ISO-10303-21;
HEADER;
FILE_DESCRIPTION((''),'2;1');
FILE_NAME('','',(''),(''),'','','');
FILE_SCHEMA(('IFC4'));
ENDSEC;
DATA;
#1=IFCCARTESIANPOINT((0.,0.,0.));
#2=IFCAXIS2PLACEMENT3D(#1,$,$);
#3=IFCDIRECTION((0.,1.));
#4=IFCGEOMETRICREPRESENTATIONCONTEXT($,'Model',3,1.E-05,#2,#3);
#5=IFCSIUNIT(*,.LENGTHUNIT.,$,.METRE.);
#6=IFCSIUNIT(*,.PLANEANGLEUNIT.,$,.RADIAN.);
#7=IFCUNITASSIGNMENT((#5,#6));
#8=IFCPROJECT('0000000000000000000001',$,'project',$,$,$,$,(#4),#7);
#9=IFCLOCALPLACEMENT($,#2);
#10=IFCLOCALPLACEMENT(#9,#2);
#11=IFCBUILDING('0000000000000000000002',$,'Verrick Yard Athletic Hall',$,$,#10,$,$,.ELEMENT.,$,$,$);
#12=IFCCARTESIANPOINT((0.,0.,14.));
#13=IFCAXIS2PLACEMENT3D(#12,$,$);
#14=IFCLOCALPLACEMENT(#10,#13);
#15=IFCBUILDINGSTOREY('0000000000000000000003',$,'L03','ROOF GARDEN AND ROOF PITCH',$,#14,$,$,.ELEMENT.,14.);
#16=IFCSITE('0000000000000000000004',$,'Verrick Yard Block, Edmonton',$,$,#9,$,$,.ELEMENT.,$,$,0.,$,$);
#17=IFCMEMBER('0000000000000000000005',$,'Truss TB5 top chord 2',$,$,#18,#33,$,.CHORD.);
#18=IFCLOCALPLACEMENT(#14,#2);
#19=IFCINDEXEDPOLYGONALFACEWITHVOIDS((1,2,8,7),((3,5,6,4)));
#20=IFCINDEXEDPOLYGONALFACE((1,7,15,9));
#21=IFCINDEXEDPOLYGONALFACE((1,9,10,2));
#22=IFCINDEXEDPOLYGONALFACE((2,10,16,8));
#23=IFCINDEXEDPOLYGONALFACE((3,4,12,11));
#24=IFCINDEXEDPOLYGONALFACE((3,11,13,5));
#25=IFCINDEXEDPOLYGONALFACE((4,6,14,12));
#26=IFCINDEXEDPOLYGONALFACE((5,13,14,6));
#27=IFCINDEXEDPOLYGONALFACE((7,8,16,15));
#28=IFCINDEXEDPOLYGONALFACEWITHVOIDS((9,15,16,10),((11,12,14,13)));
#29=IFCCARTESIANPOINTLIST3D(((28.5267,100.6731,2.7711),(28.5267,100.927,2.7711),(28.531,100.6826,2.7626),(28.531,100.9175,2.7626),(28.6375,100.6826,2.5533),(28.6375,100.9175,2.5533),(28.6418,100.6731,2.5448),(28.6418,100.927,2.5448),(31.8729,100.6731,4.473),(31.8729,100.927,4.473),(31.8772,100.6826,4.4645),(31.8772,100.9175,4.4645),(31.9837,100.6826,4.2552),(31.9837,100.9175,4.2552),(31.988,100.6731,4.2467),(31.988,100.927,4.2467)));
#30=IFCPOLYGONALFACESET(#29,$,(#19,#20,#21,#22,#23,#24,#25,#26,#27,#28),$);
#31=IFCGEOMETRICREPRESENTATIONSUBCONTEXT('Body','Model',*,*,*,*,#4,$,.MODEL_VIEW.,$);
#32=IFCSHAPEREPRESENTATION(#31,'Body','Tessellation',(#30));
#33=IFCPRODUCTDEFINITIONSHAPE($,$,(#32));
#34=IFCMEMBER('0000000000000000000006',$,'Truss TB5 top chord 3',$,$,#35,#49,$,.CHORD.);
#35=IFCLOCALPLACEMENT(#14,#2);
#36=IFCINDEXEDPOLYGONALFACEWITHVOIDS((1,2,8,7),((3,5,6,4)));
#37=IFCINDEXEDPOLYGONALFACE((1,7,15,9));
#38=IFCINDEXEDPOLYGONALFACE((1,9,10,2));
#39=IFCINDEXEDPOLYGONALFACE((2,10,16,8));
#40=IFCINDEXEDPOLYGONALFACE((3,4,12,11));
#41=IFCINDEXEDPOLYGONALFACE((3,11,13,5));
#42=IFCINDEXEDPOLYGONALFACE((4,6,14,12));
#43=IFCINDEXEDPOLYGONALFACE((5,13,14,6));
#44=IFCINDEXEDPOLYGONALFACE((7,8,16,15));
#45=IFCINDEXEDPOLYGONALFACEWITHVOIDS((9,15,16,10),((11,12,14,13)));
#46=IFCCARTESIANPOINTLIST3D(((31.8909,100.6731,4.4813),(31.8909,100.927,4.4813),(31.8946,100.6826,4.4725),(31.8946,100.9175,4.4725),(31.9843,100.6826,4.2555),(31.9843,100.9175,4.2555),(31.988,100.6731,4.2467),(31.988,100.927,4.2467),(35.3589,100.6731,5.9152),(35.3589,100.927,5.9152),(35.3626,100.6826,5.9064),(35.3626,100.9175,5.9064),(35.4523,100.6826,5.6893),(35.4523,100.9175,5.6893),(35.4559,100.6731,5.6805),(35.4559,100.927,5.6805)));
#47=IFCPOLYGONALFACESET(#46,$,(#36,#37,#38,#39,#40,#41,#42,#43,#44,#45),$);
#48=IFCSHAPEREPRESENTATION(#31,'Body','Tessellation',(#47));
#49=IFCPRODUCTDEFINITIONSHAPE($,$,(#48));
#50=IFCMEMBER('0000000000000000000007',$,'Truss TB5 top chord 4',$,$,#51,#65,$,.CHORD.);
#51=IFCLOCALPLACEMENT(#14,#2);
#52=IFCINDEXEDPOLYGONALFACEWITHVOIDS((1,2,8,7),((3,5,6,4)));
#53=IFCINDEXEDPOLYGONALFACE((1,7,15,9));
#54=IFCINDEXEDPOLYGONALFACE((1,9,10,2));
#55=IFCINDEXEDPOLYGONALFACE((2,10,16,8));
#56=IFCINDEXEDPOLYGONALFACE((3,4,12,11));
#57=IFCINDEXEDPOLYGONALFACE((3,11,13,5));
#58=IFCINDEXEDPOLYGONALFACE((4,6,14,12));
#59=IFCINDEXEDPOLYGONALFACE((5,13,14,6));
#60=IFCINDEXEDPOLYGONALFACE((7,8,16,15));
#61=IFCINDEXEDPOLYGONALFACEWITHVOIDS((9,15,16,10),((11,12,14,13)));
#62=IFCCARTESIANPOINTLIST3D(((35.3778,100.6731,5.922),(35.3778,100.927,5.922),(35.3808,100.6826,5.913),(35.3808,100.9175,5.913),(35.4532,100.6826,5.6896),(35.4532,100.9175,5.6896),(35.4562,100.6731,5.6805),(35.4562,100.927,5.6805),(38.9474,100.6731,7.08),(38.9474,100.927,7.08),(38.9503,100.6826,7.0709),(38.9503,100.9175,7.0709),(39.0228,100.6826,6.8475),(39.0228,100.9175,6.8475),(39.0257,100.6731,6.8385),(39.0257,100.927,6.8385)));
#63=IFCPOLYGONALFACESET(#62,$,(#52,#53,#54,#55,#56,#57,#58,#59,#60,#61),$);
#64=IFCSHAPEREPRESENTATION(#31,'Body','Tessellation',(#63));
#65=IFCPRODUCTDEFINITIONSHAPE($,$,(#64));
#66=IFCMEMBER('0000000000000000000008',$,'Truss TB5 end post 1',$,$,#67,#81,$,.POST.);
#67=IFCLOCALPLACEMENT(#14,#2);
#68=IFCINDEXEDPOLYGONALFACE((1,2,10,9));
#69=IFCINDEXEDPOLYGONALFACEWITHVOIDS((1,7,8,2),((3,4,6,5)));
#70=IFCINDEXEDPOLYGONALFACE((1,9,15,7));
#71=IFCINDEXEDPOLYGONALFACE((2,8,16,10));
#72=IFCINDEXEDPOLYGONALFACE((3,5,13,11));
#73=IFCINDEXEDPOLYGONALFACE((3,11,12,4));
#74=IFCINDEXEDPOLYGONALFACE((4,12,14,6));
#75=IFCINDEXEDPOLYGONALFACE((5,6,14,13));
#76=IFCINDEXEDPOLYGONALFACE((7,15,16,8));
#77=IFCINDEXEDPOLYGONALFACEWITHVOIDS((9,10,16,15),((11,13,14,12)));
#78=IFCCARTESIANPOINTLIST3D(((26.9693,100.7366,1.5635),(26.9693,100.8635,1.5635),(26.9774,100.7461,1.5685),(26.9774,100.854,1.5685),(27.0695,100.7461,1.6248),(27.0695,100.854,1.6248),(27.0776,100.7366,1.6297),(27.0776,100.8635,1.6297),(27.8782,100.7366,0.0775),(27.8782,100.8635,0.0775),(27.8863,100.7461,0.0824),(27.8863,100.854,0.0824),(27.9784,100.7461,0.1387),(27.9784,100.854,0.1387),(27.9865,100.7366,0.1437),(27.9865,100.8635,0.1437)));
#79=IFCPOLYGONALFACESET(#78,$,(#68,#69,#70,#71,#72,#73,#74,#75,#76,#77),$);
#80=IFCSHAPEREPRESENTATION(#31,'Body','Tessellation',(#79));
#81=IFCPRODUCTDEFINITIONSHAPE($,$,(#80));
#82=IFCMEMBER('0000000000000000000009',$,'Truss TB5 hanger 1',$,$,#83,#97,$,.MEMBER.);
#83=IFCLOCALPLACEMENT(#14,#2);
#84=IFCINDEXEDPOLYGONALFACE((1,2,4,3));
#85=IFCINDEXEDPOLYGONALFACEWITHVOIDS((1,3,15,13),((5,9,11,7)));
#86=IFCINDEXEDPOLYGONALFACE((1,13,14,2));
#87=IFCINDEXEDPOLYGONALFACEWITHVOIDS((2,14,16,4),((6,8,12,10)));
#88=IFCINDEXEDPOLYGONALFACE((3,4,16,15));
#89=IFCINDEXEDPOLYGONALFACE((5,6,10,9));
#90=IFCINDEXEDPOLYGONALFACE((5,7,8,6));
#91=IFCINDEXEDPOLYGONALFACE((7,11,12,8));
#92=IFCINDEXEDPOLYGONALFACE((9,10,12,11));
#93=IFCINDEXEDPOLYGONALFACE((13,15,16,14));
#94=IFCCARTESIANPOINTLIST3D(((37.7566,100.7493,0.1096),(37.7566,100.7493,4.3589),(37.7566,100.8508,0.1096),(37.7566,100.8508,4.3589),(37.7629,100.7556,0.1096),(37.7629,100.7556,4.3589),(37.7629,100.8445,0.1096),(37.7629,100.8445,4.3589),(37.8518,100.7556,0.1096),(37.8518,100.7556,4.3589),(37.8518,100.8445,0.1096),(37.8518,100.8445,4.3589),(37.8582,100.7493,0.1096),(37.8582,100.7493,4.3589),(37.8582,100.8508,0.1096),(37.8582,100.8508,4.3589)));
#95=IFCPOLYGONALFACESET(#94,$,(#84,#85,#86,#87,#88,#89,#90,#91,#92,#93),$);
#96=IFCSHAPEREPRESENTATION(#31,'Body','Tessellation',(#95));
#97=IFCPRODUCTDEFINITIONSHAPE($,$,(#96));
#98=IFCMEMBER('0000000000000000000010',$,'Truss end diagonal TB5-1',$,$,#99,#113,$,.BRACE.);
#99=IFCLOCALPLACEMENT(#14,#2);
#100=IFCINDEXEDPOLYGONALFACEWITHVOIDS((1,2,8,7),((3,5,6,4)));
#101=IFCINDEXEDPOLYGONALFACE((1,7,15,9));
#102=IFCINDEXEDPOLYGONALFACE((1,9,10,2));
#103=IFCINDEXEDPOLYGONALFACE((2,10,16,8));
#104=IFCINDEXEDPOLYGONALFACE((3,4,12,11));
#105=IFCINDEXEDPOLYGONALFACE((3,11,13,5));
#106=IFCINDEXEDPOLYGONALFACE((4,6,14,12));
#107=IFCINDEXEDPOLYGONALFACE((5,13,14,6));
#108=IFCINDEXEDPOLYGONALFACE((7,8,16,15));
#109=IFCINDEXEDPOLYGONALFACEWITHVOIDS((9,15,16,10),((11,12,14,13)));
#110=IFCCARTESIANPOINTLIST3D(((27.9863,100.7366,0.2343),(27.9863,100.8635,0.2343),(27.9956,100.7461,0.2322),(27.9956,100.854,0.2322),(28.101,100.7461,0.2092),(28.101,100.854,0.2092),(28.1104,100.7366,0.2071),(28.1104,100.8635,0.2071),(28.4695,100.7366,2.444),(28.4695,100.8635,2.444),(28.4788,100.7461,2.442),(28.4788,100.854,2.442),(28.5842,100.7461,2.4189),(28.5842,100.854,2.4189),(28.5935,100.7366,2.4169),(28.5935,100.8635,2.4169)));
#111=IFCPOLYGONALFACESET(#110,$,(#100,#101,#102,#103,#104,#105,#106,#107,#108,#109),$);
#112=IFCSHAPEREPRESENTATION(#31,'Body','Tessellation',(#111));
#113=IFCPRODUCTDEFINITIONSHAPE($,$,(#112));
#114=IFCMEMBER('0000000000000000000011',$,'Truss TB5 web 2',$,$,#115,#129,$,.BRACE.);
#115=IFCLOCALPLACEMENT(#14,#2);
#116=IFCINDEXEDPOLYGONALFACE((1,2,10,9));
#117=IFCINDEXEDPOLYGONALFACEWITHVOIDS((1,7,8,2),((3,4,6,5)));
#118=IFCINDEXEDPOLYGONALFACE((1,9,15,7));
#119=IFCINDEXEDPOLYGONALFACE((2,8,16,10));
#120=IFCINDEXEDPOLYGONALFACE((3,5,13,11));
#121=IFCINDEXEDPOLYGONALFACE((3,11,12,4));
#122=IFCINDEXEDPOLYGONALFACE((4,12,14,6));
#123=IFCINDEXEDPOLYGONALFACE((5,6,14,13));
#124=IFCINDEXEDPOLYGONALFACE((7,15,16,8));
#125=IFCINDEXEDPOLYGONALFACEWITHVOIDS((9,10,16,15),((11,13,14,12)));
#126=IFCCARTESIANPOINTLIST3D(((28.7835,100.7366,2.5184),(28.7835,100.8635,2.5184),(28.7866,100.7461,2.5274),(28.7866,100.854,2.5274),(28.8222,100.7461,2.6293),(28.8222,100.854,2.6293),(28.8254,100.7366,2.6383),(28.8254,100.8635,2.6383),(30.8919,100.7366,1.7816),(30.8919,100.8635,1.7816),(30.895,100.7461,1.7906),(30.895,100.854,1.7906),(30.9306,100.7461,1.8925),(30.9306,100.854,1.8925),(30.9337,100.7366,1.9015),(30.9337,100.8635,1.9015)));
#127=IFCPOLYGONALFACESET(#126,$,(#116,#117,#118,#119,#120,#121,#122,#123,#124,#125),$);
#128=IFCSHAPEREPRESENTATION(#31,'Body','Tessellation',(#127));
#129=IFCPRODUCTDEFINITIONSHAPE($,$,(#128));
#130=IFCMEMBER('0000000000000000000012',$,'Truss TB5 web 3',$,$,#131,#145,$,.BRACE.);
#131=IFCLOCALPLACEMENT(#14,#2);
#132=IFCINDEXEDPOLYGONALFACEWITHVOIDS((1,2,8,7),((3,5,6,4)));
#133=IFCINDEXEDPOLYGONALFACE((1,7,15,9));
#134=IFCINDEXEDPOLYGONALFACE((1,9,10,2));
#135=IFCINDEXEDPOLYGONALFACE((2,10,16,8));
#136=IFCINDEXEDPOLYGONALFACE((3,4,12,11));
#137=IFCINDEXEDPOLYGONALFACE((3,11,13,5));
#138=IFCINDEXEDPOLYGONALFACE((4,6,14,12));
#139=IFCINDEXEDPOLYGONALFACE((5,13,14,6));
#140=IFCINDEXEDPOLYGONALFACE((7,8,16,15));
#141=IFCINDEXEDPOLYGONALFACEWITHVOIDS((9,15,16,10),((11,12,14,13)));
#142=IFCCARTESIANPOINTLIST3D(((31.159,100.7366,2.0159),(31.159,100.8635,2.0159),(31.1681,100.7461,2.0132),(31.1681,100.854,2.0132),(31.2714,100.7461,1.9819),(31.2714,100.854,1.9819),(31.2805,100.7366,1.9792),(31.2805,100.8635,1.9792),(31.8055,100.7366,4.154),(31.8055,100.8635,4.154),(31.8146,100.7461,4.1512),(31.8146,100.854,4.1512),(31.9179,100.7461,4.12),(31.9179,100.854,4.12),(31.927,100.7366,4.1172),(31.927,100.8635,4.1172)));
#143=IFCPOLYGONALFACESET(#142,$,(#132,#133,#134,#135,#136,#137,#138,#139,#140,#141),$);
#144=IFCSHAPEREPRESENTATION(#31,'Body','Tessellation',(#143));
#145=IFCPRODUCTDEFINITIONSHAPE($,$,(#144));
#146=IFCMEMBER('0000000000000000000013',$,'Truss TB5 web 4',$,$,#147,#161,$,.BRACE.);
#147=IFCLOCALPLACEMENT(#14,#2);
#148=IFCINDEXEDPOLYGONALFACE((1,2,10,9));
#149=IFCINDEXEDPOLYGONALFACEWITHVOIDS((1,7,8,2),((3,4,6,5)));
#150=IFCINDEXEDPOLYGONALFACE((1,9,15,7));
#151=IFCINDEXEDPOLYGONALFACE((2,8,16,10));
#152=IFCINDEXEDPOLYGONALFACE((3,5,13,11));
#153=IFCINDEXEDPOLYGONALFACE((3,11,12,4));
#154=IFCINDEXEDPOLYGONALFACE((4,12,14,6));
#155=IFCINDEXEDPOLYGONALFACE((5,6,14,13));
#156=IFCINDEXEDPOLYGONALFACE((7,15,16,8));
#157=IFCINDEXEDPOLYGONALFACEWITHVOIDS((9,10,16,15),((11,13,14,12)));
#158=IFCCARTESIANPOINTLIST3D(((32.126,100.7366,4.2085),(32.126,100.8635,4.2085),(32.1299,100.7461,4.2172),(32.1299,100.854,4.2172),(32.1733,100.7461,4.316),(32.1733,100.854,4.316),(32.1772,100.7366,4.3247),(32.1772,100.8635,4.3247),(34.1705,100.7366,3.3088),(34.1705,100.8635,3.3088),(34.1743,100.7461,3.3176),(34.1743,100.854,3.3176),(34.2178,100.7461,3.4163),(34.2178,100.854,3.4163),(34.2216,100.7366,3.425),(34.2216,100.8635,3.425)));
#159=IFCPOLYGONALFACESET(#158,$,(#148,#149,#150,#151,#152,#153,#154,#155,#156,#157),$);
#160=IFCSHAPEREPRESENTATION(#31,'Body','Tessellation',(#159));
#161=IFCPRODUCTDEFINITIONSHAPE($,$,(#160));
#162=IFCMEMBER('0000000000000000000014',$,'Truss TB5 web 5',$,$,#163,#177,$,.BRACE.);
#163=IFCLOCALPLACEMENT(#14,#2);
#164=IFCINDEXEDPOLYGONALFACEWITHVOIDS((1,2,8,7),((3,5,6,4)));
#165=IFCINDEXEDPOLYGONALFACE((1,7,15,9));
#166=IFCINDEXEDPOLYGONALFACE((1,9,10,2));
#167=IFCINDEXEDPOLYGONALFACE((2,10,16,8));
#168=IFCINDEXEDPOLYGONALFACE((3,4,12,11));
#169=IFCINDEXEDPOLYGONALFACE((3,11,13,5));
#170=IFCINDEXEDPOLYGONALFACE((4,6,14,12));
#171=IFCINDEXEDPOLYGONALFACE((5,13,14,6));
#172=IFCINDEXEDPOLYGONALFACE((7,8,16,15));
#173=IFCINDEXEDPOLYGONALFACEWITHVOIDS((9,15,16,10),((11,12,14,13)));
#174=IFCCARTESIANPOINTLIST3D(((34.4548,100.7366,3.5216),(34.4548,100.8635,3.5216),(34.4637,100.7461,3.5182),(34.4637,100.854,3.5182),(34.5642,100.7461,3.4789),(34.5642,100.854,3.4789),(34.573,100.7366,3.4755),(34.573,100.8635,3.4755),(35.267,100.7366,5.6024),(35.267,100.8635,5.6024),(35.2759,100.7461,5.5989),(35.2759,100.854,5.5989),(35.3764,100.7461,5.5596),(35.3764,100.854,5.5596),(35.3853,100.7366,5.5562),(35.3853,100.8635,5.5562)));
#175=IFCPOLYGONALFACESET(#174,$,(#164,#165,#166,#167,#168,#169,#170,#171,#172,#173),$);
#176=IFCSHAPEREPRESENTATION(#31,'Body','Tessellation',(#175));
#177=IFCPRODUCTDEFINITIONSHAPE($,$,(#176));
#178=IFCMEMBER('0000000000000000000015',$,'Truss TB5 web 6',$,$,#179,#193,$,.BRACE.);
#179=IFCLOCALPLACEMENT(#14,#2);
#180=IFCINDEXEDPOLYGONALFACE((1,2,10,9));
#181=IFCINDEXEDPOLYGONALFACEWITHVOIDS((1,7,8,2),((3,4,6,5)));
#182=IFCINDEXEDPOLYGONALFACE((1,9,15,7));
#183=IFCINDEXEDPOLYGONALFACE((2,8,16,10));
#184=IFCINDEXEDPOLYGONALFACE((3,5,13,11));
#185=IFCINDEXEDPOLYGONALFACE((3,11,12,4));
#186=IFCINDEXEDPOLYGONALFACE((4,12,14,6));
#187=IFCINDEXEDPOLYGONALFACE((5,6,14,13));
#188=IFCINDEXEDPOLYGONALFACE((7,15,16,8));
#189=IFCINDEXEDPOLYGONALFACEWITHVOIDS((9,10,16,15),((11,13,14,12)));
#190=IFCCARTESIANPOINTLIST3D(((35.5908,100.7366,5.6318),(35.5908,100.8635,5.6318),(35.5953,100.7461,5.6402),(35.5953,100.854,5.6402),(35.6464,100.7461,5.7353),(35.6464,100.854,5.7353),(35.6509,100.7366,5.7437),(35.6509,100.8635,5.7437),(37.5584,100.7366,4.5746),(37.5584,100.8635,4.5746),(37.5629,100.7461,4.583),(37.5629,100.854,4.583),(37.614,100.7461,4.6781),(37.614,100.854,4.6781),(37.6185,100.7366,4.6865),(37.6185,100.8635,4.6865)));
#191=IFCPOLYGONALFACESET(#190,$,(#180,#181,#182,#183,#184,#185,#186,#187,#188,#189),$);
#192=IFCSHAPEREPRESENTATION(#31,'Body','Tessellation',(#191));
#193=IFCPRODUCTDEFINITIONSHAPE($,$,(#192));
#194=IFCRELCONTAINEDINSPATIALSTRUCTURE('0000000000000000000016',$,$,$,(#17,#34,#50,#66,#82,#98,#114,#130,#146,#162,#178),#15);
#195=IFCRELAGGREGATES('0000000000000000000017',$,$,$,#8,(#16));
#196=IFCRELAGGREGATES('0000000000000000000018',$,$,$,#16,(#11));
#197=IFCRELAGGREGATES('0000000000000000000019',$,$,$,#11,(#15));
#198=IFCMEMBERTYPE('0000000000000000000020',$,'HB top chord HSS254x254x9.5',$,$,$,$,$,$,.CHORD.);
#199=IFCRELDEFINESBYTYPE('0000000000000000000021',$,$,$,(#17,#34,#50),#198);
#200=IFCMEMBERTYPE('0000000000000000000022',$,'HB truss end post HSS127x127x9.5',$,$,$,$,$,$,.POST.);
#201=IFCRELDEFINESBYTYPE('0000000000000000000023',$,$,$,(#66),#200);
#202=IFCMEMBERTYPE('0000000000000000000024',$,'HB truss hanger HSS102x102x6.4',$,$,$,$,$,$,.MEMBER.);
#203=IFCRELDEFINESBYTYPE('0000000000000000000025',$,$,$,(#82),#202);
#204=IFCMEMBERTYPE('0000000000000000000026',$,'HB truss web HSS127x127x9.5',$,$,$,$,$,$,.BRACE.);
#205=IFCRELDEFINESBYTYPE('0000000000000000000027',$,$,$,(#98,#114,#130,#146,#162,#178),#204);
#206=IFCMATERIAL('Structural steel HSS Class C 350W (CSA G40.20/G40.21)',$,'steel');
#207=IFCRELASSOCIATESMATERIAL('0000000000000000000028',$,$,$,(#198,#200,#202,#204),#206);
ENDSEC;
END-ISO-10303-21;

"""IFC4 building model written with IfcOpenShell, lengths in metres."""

from ifc_helpers import new_model, si_unit, direction, frame, origin, origin_2d, place, context, subcontext, project, spatial, hollow_rectangle, extrude, material, material_profile, profile_set, type_object, element, save


model = new_model("IFC4")

# Units and contexts
model_context = context("Model", 3, precision=1e-05, world=origin(), true_north=direction((0.0, 1.0)))
body_context = subcontext(model_context, "Body", "Model", "MODEL_VIEW")
ifc_project = project(units=[si_unit("LENGTHUNIT", "METRE"), si_unit("PLANEANGLEUNIT", "RADIAN")], contexts=[model_context])

# Site, building, storey
site_placement = place(None, origin())
site = spatial("IfcSite", under=ifc_project, at=site_placement, Name="Verrick Yard Block, Edmonton", CompositionType="ELEMENT", RefElevation=0.0)
building_placement = place(site_placement, origin())
building = spatial("IfcBuilding", under=site, at=building_placement, Name="Verrick Yard Athletic Hall", CompositionType="ELEMENT")
storey_placement = place(building_placement, frame((0.0, 0.0, 14.0)))
storey = spatial("IfcBuildingStorey", under=building, at=storey_placement, Name="L03", Description="ROOF GARDEN AND ROOF PITCH", CompositionType="ELEMENT", Elevation=14.0)

# Members
ifc_material_1 = material(Name="Structural steel HSS Class C 350W (CSA G40.20/G40.21)", Category="steel")
ifc_material_profile_1 = material_profile(ifc_material_1, hollow_rectangle(XDim=0.2539, YDim=0.2539, WallThickness=0.0095, at=origin_2d()), Name="HSS254x254x9.5")
ifc_profile_set_1 = profile_set([ifc_material_profile_1], Name="Structural steel HSS Class C 350W (CSA G40.20/G40.21)")
member_type_1 = type_object("IfcMemberType", Name="HB top chord HSS254x254x9.5", PredefinedType="CHORD", material=ifc_profile_set_1)
member_1_placement = place(storey_placement, frame((28.5842, 100.8, 2.658), z_axis=(0.891337, 0.0, 0.453342), x_axis=(0.0, 1.0, 0.0)))
element("IfcMember", 1, at=member_1_placement, inside=storey, type_object=member_type_1, Name="Truss TB5 top chord 2", PredefinedType="CHORD", context=body_context, shape_type="SweptSolid", body=[
    extrude(hollow_rectangle(XDim=0.2539, YDim=0.2539, WallThickness=0.0095, at=origin_2d()), origin(), (0.0, 0.0, 1.0), 3.7542),
])
for number, where, z_axis, x_axis, name in (
    (2, (31.9395, 100.8, 4.364), (0.92413, 0.0, 0.382078), (0.0, 1.0, 0.0), "Truss TB5 top chord 3"),
    (3, (35.417, 100.8, 5.8013), (0.951203, 0.0, 0.308567), (0.0, 1.0, 0.0), "Truss TB5 top chord 4"),
):
    element("IfcMember", number, at=place(storey_placement, frame(where, z_axis=z_axis, x_axis=x_axis)), inside=storey, type_object=member_type_1, Name=name, PredefinedType="CHORD", context=body_context, shape_type="SweptSolid", body=[
        extrude(hollow_rectangle(XDim=0.2539, YDim=0.2539, WallThickness=0.0095, at=origin_2d()), origin(), (0.0, 0.0, 1.0), 3.7527),
    ])
ifc_material_profile_2 = material_profile(ifc_material_1, hollow_rectangle(XDim=0.127, YDim=0.127, WallThickness=0.0095, at=origin_2d()), Name="HSS127x127x9.5")
ifc_profile_set_2 = profile_set([ifc_material_profile_2], Name="Structural steel HSS Class C 350W (CSA G40.20/G40.21)")
member_type_2 = type_object("IfcMemberType", Name="HB truss end post HSS127x127x9.5", PredefinedType="POST", material=ifc_profile_set_2)
member_2_placement = place(storey_placement, frame((27.9324, 100.8, 0.1106), z_axis=(-0.521773, 0.0, 0.853084), x_axis=(0.0, -1.0, 0.0)))
element("IfcMember", 4, at=member_2_placement, inside=storey, type_object=member_type_2, Name="Truss TB5 end post 1", PredefinedType="POST", context=body_context, shape_type="SweptSolid", body=[
    extrude(hollow_rectangle(XDim=0.127, YDim=0.127, WallThickness=0.0095, at=origin_2d()), origin(), (0.0, 0.0, 1.0), 1.7419),
])
ifc_material_profile_3 = material_profile(ifc_material_1, hollow_rectangle(XDim=0.1016, YDim=0.1016, WallThickness=0.0063, at=origin_2d()), Name="HSS102x102x6.4")
ifc_profile_set_3 = profile_set([ifc_material_profile_3], Name="Structural steel HSS Class C 350W (CSA G40.20/G40.21)")
member_type_3 = type_object("IfcMemberType", Name="HB truss hanger HSS102x102x6.4", PredefinedType="MEMBER", material=ifc_profile_set_3)
member_3_placement = place(storey_placement, frame((37.8074, 100.8, 4.3589), z_axis=(0.0, 0.0, -1.0), x_axis=(0.0, -1.0, 0.0)))
element("IfcMember", 5, at=member_3_placement, inside=storey, type_object=member_type_3, Name="Truss TB5 hanger 1", PredefinedType="MEMBER", context=body_context, shape_type="SweptSolid", body=[
    extrude(hollow_rectangle(XDim=0.1016, YDim=0.1016, WallThickness=0.0063, at=origin_2d()), origin(), (0.0, 0.0, 1.0), 4.2493),
])
ifc_material_profile_4 = material_profile(ifc_material_1, hollow_rectangle(XDim=0.127, YDim=0.127, WallThickness=0.0095, at=origin_2d()), Name="HSS127x127x9.5")
ifc_profile_set_4 = profile_set([ifc_material_profile_4], Name="Structural steel HSS Class C 350W (CSA G40.20/G40.21)")
member_type_4 = type_object("IfcMemberType", Name="HB truss web HSS127x127x9.5", PredefinedType="BRACE", material=ifc_profile_set_4)
member_4_placement = place(storey_placement, frame((28.0483, 100.8, 0.2207), z_axis=(0.213604, 0.0, 0.97692), x_axis=(0.0, 1.0, 0.0)))
element("IfcMember", 6, at=member_4_placement, inside=storey, type_object=member_type_4, Name="Truss end diagonal TB5-1", PredefinedType="BRACE", context=body_context, shape_type="SweptSolid", body=[
    extrude(hollow_rectangle(XDim=0.127, YDim=0.127, WallThickness=0.0095, at=origin_2d()), origin(), (0.0, 0.0, 1.0), 2.262),
])
member_5_placement = place(storey_placement, frame((28.8044, 100.8, 2.5784), z_axis=(0.944015, 0.0, -0.329902), x_axis=(0.0, 1.0, 0.0)))
element("IfcMember", 7, at=member_5_placement, inside=storey, type_object=member_type_4, Name="Truss TB5 web 2", PredefinedType="BRACE", context=body_context, shape_type="SweptSolid", body=[
    extrude(hollow_rectangle(XDim=0.127, YDim=0.127, WallThickness=0.0095, at=origin_2d()), origin(), (0.0, 0.0, 1.0), 2.2334),
])
for number, where, z_axis, x_axis, name in (
    (8, (31.2197, 100.8, 1.9976), (0.289443, 0.0, 0.957195), (0.0, 1.0, 0.0), "Truss TB5 web 3"),
    (9, (32.1516, 100.8, 4.2666), (0.915297, 0.0, -0.402779), (0.0, 1.0, 0.0), "Truss TB5 web 4"),
    (10, (34.5139, 100.8, 3.4985), (0.363633, 0.0, 0.931542), (0.0, 1.0, 0.0), "Truss TB5 web 5"),
    (11, (35.6208, 100.8, 5.6877), (0.880902, 0.0, -0.473298), (0.0, 1.0, 0.0), "Truss TB5 web 6"),
):
    element("IfcMember", number, at=place(storey_placement, frame(where, z_axis=z_axis, x_axis=x_axis)), inside=storey, type_object=member_type_4, Name=name, PredefinedType="BRACE", context=body_context, shape_type="SweptSolid", body=[
        extrude(hollow_rectangle(XDim=0.127, YDim=0.127, WallThickness=0.0095, at=origin_2d()), origin(), (0.0, 0.0, 1.0), 2.2336),
    ])

save(model, "model.ifc")
